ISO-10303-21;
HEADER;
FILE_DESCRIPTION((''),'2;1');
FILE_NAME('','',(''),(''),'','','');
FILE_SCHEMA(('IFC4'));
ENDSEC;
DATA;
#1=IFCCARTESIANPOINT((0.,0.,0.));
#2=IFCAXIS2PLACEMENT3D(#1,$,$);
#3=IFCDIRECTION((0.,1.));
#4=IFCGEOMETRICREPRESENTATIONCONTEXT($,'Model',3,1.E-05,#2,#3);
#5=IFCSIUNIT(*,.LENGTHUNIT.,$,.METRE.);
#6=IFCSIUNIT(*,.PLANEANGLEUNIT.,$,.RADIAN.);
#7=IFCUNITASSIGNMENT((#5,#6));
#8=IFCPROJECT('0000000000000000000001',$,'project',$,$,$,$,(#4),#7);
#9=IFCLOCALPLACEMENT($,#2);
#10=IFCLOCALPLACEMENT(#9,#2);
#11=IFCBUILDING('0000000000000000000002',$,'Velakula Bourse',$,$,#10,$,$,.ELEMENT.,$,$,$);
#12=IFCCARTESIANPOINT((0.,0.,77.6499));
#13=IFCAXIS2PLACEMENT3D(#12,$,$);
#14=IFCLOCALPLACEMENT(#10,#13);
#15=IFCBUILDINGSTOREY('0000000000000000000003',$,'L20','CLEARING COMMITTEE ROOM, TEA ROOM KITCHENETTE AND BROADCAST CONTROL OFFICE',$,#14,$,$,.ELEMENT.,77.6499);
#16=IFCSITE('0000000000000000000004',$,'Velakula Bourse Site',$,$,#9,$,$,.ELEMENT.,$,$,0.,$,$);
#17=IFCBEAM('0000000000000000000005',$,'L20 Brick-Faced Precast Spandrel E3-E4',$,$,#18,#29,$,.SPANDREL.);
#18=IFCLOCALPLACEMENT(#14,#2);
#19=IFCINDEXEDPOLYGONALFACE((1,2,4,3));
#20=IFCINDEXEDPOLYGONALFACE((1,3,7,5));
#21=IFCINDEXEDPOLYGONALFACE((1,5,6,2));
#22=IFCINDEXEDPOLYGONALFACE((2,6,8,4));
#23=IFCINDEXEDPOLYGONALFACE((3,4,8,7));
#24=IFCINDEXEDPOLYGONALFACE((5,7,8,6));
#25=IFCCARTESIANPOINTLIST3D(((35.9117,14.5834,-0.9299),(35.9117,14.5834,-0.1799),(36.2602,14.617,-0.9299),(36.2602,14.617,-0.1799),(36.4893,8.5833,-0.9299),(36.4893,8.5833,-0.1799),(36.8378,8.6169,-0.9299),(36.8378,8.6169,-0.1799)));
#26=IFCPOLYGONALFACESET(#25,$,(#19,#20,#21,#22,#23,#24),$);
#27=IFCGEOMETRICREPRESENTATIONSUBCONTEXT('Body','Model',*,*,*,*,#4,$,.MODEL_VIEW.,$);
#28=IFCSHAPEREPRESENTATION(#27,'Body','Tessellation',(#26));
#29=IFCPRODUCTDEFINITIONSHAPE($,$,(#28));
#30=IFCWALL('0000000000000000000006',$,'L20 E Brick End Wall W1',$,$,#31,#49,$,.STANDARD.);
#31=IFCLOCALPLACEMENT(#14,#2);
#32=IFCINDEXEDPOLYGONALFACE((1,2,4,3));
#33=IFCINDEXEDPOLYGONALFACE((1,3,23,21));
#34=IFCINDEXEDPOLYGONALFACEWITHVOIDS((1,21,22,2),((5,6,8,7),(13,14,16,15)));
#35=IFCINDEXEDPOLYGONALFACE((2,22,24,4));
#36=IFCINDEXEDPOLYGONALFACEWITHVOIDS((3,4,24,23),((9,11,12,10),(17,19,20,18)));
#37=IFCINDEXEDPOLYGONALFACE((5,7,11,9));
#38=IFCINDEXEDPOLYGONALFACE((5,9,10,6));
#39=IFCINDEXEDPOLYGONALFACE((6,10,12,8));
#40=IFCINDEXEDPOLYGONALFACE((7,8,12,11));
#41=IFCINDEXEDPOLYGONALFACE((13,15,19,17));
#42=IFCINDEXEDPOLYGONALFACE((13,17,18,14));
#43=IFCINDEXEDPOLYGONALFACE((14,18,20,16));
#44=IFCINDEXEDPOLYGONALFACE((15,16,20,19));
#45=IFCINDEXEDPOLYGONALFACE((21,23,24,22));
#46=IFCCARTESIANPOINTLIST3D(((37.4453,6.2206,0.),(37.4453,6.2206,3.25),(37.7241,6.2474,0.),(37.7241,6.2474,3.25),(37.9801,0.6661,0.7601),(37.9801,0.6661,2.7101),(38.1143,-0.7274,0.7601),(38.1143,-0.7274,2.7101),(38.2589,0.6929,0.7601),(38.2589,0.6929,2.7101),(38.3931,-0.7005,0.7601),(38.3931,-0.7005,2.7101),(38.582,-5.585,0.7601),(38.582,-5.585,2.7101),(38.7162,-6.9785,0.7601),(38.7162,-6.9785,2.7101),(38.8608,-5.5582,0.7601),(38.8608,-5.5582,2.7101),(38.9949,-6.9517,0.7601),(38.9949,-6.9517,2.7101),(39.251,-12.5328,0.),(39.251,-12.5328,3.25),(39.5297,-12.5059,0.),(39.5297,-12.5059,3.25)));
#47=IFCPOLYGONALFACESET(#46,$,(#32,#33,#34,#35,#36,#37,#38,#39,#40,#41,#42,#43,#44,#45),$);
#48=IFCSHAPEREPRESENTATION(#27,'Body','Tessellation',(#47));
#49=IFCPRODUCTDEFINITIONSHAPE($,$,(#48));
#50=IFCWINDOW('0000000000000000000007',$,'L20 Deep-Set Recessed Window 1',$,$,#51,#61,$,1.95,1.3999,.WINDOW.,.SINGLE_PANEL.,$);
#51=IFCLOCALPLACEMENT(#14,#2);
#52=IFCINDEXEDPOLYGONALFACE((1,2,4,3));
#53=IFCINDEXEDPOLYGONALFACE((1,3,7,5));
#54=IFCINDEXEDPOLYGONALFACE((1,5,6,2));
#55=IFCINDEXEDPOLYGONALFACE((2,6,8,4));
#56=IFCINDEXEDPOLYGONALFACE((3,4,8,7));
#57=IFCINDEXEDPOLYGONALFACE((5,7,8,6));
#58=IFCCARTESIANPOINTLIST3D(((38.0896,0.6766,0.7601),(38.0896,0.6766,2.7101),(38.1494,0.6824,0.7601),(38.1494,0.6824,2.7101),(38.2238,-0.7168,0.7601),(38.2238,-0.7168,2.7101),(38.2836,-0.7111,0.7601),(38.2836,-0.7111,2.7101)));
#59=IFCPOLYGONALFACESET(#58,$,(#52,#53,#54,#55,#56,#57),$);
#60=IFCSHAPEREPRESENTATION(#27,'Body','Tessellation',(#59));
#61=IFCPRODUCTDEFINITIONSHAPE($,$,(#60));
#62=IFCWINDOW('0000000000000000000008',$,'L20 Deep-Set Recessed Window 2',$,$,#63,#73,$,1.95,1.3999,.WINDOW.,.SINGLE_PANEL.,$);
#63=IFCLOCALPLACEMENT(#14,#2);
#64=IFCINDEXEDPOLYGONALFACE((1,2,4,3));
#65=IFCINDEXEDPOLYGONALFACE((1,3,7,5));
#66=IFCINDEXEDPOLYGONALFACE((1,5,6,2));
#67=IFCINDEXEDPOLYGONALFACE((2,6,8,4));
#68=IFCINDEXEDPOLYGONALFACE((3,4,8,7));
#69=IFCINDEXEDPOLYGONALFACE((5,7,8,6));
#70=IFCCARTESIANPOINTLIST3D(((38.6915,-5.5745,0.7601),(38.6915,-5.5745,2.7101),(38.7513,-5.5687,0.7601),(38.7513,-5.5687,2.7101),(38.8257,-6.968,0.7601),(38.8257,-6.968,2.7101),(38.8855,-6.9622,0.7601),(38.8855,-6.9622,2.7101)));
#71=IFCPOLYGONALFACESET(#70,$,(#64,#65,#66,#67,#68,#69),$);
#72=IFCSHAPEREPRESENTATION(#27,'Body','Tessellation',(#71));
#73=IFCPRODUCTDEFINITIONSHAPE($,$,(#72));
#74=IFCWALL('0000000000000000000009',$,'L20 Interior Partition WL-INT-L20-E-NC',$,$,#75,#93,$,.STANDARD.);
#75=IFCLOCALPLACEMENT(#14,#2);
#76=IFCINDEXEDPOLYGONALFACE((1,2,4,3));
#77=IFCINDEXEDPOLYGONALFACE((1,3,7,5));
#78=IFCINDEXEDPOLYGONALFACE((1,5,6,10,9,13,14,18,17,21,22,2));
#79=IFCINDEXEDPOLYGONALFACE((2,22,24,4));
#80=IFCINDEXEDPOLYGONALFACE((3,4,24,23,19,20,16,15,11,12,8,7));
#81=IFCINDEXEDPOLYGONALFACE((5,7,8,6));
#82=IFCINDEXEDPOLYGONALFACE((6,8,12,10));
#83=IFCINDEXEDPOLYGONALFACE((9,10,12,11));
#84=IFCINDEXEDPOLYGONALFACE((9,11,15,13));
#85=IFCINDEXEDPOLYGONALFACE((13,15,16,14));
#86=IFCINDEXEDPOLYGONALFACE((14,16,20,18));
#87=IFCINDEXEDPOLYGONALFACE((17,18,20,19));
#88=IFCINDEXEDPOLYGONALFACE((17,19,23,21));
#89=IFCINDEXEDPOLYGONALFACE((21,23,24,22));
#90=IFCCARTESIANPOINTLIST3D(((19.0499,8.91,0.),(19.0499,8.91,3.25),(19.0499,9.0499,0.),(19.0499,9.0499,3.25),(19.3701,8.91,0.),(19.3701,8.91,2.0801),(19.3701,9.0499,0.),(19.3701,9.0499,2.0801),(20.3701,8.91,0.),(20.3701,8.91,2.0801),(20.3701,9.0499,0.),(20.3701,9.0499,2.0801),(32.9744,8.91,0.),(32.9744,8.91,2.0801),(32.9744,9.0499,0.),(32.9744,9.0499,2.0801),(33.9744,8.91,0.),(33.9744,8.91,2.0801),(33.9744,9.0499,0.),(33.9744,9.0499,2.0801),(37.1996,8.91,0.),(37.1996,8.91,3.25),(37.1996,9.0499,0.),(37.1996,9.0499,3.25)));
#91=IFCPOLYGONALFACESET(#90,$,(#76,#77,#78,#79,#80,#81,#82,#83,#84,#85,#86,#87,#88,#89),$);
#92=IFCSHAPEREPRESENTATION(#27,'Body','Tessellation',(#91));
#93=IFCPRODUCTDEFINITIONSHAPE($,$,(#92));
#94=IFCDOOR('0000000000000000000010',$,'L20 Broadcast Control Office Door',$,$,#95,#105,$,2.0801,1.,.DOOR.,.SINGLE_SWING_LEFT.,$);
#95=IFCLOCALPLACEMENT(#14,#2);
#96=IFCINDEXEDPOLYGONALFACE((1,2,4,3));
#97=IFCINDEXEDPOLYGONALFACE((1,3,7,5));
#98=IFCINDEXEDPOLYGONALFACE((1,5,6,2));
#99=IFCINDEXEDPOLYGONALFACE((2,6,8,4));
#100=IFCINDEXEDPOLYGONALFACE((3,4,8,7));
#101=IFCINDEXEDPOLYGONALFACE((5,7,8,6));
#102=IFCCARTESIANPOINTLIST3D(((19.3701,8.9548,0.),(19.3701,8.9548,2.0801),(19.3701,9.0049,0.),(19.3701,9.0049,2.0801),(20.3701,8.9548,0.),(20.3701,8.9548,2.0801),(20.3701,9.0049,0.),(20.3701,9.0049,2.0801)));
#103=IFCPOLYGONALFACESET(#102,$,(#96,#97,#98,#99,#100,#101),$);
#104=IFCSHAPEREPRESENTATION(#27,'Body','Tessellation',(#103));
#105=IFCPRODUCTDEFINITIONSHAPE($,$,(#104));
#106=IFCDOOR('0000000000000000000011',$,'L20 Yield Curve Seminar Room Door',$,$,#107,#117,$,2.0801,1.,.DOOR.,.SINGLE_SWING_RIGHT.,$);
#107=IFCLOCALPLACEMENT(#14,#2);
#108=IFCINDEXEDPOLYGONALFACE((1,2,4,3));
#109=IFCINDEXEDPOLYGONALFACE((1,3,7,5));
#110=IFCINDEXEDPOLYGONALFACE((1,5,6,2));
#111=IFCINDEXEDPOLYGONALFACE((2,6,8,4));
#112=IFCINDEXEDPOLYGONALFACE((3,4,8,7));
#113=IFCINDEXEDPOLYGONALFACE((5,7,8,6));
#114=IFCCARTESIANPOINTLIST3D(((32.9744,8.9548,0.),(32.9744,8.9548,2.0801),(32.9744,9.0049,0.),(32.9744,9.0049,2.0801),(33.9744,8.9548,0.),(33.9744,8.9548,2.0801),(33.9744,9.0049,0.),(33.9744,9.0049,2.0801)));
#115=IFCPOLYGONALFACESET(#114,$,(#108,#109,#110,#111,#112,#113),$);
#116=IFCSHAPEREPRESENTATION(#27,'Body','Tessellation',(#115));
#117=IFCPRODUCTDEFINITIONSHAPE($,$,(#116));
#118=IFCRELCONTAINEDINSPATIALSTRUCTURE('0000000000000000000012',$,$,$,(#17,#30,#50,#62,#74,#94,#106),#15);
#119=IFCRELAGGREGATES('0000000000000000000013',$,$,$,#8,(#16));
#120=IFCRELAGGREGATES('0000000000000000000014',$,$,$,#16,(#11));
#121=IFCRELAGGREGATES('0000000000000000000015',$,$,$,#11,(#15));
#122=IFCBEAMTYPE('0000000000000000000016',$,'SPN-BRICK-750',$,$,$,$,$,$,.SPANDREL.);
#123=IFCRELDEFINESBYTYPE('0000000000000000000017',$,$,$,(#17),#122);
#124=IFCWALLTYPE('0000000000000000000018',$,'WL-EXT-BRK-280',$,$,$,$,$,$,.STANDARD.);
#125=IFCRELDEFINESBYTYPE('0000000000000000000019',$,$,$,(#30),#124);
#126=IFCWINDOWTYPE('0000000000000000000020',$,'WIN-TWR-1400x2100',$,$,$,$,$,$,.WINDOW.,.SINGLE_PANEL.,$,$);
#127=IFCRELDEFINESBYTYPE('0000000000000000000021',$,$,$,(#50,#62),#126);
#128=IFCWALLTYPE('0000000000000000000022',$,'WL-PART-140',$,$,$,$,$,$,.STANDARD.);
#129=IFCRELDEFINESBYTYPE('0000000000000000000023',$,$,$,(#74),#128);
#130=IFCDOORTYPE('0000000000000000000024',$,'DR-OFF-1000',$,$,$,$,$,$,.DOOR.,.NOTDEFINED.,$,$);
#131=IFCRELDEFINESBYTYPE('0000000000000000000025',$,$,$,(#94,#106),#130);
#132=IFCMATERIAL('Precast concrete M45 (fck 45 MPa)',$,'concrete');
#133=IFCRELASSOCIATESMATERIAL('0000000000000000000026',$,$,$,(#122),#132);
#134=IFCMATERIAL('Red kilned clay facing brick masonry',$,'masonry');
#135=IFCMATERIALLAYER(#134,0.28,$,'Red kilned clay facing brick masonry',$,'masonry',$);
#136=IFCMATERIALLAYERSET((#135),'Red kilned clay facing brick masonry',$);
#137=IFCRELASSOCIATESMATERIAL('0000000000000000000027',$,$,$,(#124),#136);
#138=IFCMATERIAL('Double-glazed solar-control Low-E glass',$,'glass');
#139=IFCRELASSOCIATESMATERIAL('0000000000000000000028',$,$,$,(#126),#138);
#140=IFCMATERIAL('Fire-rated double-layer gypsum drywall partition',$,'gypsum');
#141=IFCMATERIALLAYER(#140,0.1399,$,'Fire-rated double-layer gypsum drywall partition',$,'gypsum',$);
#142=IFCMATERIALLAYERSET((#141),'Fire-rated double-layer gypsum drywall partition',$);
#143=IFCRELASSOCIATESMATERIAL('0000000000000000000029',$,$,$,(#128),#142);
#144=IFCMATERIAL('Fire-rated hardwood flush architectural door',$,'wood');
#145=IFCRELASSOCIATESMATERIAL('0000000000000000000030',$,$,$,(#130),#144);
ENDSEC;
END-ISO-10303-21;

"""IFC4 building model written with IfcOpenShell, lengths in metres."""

from ifc_helpers import new_model, si_unit, direction, frame, frame_2d, origin, origin_2d, place, context, subcontext, project, spatial, rectangle, extrude, material, layer, layer_set, material_profile, profile_set, type_object, element, fill, save


model = new_model("IFC4")

# Units and contexts
model_context = context("Model", 3, precision=1e-05, world=origin(), true_north=direction((0.0, 1.0)))
body_context = subcontext(model_context, "Body", "Model", "MODEL_VIEW")
ifc_project = project(units=[si_unit("LENGTHUNIT", "METRE"), si_unit("PLANEANGLEUNIT", "RADIAN")], contexts=[model_context])

# Site, building, storey
site_placement = place(None, origin())
site = spatial("IfcSite", under=ifc_project, at=site_placement, Name="Velakula Bourse Site", CompositionType="ELEMENT", RefElevation=0.0)
building_placement = place(site_placement, origin())
building = spatial("IfcBuilding", under=site, at=building_placement, Name="Velakula Bourse", CompositionType="ELEMENT")
storey_placement = place(building_placement, frame((0.0, 0.0, 77.6499)))
storey = spatial("IfcBuildingStorey", under=building, at=storey_placement, Name="L20", Description="CLEARING COMMITTEE ROOM, TEA ROOM KITCHENETTE AND BROADCAST CONTROL OFFICE", CompositionType="ELEMENT", Elevation=77.6499)

# Beam
ifc_material_1 = material(Name="Precast concrete M45 (fck 45 MPa)", Category="concrete")
ifc_material_profile_1 = material_profile(ifc_material_1, rectangle(XDim=0.3501, YDim=0.75, at=origin_2d()), Name="Precast concrete M45 (fck 45 MPa)")
ifc_profile_set_1 = profile_set([ifc_material_profile_1], Name="Precast concrete M45 (fck 45 MPa)")
beam_type_1 = type_object("IfcBeamType", Name="SPN-BRICK-750", PredefinedType="SPANDREL", material=ifc_profile_set_1)
beam_1_placement = place(storey_placement, frame((36.6636, 8.6001, -0.5549), z_axis=(-0.09583, 0.995398, 0.0), x_axis=(-0.995398, -0.09583, 0.0)))
element("IfcBeam", 1, at=beam_1_placement, inside=storey, type_object=beam_type_1, Name="L20 Brick-Faced Precast Spandrel E3-E4", PredefinedType="SPANDREL", context=body_context, shape_type="SweptSolid", body=[
    extrude(rectangle(XDim=0.3501, YDim=0.75, at=origin_2d()), origin(), (0.0, 0.0, 1.0), 6.0278),
])

# Wall, openings, windows
ifc_material_2 = material(Name="Red kilned clay facing brick masonry", Category="masonry")
ifc_layer_1 = layer(ifc_material_2, 0.28, Name="Red kilned clay facing brick masonry", Category="masonry")
ifc_layer_set_1 = layer_set([ifc_layer_1], Name="Red kilned clay facing brick masonry")
wall_type_1 = type_object("IfcWallType", Name="WL-EXT-BRK-280", PredefinedType="STANDARD", material=ifc_layer_set_1)
wall_1_placement = place(storey_placement, frame((37.5847, 6.2339, 0.0), z_axis=(0.0, 0.0, 1.0), x_axis=(0.095841, -0.995397, 0.0)))
wall_1 = element("IfcWall", 2, at=wall_1_placement, inside=storey, type_object=wall_type_1, Name="L20 E Brick End Wall W1", PredefinedType="STANDARD", context=body_context, shape_type="SweptSolid", body=[
    extrude(rectangle(XDim=18.8401, YDim=0.28, at=frame_2d((9.4199, 0.0))), origin(), (0.0, 0.0, 1.0), 3.25),
])
opening_1_placement = place(wall_1_placement, frame((5.5801, 0.0, 0.76)))
opening_1 = element("IfcOpeningElement", 3, at=opening_1_placement, cuts=wall_1, PredefinedType="OPENING", context=body_context, shape_type="SweptSolid", body=[
    extrude(rectangle(XDim=1.3999, YDim=1.95, at=frame_2d((0.7, 0.9751))), frame((0.0, 0.1499, 0.0), z_axis=(0.0, -1.0, 0.0), x_axis=(1.0, 0.0, 0.0)), (0.0, 0.0, 1.0), 0.3),
])
opening_2_placement = place(wall_1_placement, frame((11.8601, 0.0, 0.76)))
opening_2 = element("IfcOpeningElement", 4, at=opening_2_placement, cuts=wall_1, PredefinedType="OPENING", context=body_context, shape_type="SweptSolid", body=[
    extrude(rectangle(XDim=1.3999, YDim=1.95, at=frame_2d((0.7, 0.9751))), frame((0.0, 0.1499, 0.0), z_axis=(0.0, -1.0, 0.0), x_axis=(1.0, 0.0, 0.0)), (0.0, 0.0, 1.0), 0.3),
])
ifc_material_3 = material(Name="Double-glazed solar-control Low-E glass", Category="glass")
window_type = type_object("IfcWindowType", Name="WIN-TWR-1400x2100", PartitioningType="SINGLE_PANEL", PredefinedType="WINDOW", material=ifc_material_3)
window_1_placement = place(opening_1_placement, origin())
window_1 = element("IfcWindow", 5, at=window_1_placement, inside=storey, type_object=window_type, Name="L20 Deep-Set Recessed Window 1", OverallHeight=1.95, OverallWidth=1.3999, PartitioningType="SINGLE_PANEL", PredefinedType="WINDOW", context=body_context, shape_type="SweptSolid", body=[
    extrude(rectangle(XDim=1.3999, YDim=1.95, at=frame_2d((0.7, 0.9751))), frame((0.0, 0.03, 0.0), z_axis=(0.0, -1.0, 0.0), x_axis=(1.0, 0.0, 0.0)), (0.0, 0.0, 1.0), 0.0601),
])
fill(opening_1, window_1)
window_2_placement = place(opening_2_placement, origin())
window_2 = element("IfcWindow", 6, at=window_2_placement, inside=storey, type_object=window_type, Name="L20 Deep-Set Recessed Window 2", OverallHeight=1.95, OverallWidth=1.3999, PartitioningType="SINGLE_PANEL", PredefinedType="WINDOW", context=body_context, shape_type="SweptSolid", body=[
    extrude(rectangle(XDim=1.3999, YDim=1.95, at=frame_2d((0.7, 0.9751))), frame((0.0, 0.03, 0.0), z_axis=(0.0, -1.0, 0.0), x_axis=(1.0, 0.0, 0.0)), (0.0, 0.0, 1.0), 0.0601),
])
fill(opening_2, window_2)

# Wall, openings, doors
ifc_material_4 = material(Name="Fire-rated double-layer gypsum drywall partition", Category="gypsum")
ifc_layer_2 = layer(ifc_material_4, 0.1399, Name="Fire-rated double-layer gypsum drywall partition", Category="gypsum")
ifc_layer_set_2 = layer_set([ifc_layer_2], Name="Fire-rated double-layer gypsum drywall partition")
wall_type_2 = type_object("IfcWallType", Name="WL-PART-140", PredefinedType="STANDARD", material=ifc_layer_set_2)
wall_2_placement = place(storey_placement, frame((19.05, 8.98, 0.0), z_axis=(0.0, 0.0, 1.0), x_axis=(1.0, 0.0, 0.0)))
wall_2 = element("IfcWall", 7, at=wall_2_placement, inside=storey, type_object=wall_type_2, Name="L20 Interior Partition WL-INT-L20-E-NC", PredefinedType="STANDARD", context=body_context, shape_type="SweptSolid", body=[
    extrude(rectangle(XDim=18.1497, YDim=0.1399, at=frame_2d((9.0747, 0.0))), origin(), (0.0, 0.0, 1.0), 3.25),
])
opening_3_placement = place(wall_2_placement, frame((0.3201, 0.0, 0.0)))
opening_3 = element("IfcOpeningElement", 8, at=opening_3_placement, cuts=wall_2, PredefinedType="OPENING", context=body_context, shape_type="SweptSolid", body=[
    extrude(rectangle(XDim=1.0, YDim=2.0801, at=frame_2d((0.5, 1.04))), frame((0.0, 0.0798, 0.0), z_axis=(0.0, -1.0, 0.0), x_axis=(1.0, 0.0, 0.0)), (0.0, 0.0, 1.0), 0.1599),
])
opening_4_placement = place(wall_2_placement, frame((13.9243, 0.0, 0.0)))
opening_4 = element("IfcOpeningElement", 9, at=opening_4_placement, cuts=wall_2, PredefinedType="OPENING", context=body_context, shape_type="SweptSolid", body=[
    extrude(rectangle(XDim=1.0, YDim=2.0801, at=frame_2d((0.5, 1.04))), frame((0.0, 0.0798, 0.0), z_axis=(0.0, -1.0, 0.0), x_axis=(1.0, 0.0, 0.0)), (0.0, 0.0, 1.0), 0.1599),
])
ifc_material_5 = material(Name="Fire-rated hardwood flush architectural door", Category="wood")
door_type = type_object("IfcDoorType", Name="DR-OFF-1000", OperationType="NOTDEFINED", PredefinedType="DOOR", material=ifc_material_5)
door_1_placement = place(opening_3_placement, origin())
door_1 = element("IfcDoor", 10, at=door_1_placement, inside=storey, type_object=door_type, Name="L20 Broadcast Control Office Door", OperationType="SINGLE_SWING_LEFT", OverallHeight=2.0801, OverallWidth=1.0, PredefinedType="DOOR", context=body_context, shape_type="SweptSolid", body=[
    extrude(rectangle(XDim=1.0, YDim=2.0801, at=frame_2d((0.5, 1.04))), frame((0.0, 0.0249, 0.0), z_axis=(0.0, -1.0, 0.0), x_axis=(1.0, 0.0, 0.0)), (0.0, 0.0, 1.0), 0.05),
])
fill(opening_3, door_1)
door_2_placement = place(opening_4_placement, origin())
door_2 = element("IfcDoor", 11, at=door_2_placement, inside=storey, type_object=door_type, Name="L20 Yield Curve Seminar Room Door", OperationType="SINGLE_SWING_RIGHT", OverallHeight=2.0801, OverallWidth=1.0, PredefinedType="DOOR", context=body_context, shape_type="SweptSolid", body=[
    extrude(rectangle(XDim=1.0, YDim=2.0801, at=frame_2d((0.5, 1.04))), frame((0.0, 0.0249, 0.0), z_axis=(0.0, -1.0, 0.0), x_axis=(1.0, 0.0, 0.0)), (0.0, 0.0, 1.0), 0.05),
])
fill(opening_4, door_2)

save(model, "model.ifc")
